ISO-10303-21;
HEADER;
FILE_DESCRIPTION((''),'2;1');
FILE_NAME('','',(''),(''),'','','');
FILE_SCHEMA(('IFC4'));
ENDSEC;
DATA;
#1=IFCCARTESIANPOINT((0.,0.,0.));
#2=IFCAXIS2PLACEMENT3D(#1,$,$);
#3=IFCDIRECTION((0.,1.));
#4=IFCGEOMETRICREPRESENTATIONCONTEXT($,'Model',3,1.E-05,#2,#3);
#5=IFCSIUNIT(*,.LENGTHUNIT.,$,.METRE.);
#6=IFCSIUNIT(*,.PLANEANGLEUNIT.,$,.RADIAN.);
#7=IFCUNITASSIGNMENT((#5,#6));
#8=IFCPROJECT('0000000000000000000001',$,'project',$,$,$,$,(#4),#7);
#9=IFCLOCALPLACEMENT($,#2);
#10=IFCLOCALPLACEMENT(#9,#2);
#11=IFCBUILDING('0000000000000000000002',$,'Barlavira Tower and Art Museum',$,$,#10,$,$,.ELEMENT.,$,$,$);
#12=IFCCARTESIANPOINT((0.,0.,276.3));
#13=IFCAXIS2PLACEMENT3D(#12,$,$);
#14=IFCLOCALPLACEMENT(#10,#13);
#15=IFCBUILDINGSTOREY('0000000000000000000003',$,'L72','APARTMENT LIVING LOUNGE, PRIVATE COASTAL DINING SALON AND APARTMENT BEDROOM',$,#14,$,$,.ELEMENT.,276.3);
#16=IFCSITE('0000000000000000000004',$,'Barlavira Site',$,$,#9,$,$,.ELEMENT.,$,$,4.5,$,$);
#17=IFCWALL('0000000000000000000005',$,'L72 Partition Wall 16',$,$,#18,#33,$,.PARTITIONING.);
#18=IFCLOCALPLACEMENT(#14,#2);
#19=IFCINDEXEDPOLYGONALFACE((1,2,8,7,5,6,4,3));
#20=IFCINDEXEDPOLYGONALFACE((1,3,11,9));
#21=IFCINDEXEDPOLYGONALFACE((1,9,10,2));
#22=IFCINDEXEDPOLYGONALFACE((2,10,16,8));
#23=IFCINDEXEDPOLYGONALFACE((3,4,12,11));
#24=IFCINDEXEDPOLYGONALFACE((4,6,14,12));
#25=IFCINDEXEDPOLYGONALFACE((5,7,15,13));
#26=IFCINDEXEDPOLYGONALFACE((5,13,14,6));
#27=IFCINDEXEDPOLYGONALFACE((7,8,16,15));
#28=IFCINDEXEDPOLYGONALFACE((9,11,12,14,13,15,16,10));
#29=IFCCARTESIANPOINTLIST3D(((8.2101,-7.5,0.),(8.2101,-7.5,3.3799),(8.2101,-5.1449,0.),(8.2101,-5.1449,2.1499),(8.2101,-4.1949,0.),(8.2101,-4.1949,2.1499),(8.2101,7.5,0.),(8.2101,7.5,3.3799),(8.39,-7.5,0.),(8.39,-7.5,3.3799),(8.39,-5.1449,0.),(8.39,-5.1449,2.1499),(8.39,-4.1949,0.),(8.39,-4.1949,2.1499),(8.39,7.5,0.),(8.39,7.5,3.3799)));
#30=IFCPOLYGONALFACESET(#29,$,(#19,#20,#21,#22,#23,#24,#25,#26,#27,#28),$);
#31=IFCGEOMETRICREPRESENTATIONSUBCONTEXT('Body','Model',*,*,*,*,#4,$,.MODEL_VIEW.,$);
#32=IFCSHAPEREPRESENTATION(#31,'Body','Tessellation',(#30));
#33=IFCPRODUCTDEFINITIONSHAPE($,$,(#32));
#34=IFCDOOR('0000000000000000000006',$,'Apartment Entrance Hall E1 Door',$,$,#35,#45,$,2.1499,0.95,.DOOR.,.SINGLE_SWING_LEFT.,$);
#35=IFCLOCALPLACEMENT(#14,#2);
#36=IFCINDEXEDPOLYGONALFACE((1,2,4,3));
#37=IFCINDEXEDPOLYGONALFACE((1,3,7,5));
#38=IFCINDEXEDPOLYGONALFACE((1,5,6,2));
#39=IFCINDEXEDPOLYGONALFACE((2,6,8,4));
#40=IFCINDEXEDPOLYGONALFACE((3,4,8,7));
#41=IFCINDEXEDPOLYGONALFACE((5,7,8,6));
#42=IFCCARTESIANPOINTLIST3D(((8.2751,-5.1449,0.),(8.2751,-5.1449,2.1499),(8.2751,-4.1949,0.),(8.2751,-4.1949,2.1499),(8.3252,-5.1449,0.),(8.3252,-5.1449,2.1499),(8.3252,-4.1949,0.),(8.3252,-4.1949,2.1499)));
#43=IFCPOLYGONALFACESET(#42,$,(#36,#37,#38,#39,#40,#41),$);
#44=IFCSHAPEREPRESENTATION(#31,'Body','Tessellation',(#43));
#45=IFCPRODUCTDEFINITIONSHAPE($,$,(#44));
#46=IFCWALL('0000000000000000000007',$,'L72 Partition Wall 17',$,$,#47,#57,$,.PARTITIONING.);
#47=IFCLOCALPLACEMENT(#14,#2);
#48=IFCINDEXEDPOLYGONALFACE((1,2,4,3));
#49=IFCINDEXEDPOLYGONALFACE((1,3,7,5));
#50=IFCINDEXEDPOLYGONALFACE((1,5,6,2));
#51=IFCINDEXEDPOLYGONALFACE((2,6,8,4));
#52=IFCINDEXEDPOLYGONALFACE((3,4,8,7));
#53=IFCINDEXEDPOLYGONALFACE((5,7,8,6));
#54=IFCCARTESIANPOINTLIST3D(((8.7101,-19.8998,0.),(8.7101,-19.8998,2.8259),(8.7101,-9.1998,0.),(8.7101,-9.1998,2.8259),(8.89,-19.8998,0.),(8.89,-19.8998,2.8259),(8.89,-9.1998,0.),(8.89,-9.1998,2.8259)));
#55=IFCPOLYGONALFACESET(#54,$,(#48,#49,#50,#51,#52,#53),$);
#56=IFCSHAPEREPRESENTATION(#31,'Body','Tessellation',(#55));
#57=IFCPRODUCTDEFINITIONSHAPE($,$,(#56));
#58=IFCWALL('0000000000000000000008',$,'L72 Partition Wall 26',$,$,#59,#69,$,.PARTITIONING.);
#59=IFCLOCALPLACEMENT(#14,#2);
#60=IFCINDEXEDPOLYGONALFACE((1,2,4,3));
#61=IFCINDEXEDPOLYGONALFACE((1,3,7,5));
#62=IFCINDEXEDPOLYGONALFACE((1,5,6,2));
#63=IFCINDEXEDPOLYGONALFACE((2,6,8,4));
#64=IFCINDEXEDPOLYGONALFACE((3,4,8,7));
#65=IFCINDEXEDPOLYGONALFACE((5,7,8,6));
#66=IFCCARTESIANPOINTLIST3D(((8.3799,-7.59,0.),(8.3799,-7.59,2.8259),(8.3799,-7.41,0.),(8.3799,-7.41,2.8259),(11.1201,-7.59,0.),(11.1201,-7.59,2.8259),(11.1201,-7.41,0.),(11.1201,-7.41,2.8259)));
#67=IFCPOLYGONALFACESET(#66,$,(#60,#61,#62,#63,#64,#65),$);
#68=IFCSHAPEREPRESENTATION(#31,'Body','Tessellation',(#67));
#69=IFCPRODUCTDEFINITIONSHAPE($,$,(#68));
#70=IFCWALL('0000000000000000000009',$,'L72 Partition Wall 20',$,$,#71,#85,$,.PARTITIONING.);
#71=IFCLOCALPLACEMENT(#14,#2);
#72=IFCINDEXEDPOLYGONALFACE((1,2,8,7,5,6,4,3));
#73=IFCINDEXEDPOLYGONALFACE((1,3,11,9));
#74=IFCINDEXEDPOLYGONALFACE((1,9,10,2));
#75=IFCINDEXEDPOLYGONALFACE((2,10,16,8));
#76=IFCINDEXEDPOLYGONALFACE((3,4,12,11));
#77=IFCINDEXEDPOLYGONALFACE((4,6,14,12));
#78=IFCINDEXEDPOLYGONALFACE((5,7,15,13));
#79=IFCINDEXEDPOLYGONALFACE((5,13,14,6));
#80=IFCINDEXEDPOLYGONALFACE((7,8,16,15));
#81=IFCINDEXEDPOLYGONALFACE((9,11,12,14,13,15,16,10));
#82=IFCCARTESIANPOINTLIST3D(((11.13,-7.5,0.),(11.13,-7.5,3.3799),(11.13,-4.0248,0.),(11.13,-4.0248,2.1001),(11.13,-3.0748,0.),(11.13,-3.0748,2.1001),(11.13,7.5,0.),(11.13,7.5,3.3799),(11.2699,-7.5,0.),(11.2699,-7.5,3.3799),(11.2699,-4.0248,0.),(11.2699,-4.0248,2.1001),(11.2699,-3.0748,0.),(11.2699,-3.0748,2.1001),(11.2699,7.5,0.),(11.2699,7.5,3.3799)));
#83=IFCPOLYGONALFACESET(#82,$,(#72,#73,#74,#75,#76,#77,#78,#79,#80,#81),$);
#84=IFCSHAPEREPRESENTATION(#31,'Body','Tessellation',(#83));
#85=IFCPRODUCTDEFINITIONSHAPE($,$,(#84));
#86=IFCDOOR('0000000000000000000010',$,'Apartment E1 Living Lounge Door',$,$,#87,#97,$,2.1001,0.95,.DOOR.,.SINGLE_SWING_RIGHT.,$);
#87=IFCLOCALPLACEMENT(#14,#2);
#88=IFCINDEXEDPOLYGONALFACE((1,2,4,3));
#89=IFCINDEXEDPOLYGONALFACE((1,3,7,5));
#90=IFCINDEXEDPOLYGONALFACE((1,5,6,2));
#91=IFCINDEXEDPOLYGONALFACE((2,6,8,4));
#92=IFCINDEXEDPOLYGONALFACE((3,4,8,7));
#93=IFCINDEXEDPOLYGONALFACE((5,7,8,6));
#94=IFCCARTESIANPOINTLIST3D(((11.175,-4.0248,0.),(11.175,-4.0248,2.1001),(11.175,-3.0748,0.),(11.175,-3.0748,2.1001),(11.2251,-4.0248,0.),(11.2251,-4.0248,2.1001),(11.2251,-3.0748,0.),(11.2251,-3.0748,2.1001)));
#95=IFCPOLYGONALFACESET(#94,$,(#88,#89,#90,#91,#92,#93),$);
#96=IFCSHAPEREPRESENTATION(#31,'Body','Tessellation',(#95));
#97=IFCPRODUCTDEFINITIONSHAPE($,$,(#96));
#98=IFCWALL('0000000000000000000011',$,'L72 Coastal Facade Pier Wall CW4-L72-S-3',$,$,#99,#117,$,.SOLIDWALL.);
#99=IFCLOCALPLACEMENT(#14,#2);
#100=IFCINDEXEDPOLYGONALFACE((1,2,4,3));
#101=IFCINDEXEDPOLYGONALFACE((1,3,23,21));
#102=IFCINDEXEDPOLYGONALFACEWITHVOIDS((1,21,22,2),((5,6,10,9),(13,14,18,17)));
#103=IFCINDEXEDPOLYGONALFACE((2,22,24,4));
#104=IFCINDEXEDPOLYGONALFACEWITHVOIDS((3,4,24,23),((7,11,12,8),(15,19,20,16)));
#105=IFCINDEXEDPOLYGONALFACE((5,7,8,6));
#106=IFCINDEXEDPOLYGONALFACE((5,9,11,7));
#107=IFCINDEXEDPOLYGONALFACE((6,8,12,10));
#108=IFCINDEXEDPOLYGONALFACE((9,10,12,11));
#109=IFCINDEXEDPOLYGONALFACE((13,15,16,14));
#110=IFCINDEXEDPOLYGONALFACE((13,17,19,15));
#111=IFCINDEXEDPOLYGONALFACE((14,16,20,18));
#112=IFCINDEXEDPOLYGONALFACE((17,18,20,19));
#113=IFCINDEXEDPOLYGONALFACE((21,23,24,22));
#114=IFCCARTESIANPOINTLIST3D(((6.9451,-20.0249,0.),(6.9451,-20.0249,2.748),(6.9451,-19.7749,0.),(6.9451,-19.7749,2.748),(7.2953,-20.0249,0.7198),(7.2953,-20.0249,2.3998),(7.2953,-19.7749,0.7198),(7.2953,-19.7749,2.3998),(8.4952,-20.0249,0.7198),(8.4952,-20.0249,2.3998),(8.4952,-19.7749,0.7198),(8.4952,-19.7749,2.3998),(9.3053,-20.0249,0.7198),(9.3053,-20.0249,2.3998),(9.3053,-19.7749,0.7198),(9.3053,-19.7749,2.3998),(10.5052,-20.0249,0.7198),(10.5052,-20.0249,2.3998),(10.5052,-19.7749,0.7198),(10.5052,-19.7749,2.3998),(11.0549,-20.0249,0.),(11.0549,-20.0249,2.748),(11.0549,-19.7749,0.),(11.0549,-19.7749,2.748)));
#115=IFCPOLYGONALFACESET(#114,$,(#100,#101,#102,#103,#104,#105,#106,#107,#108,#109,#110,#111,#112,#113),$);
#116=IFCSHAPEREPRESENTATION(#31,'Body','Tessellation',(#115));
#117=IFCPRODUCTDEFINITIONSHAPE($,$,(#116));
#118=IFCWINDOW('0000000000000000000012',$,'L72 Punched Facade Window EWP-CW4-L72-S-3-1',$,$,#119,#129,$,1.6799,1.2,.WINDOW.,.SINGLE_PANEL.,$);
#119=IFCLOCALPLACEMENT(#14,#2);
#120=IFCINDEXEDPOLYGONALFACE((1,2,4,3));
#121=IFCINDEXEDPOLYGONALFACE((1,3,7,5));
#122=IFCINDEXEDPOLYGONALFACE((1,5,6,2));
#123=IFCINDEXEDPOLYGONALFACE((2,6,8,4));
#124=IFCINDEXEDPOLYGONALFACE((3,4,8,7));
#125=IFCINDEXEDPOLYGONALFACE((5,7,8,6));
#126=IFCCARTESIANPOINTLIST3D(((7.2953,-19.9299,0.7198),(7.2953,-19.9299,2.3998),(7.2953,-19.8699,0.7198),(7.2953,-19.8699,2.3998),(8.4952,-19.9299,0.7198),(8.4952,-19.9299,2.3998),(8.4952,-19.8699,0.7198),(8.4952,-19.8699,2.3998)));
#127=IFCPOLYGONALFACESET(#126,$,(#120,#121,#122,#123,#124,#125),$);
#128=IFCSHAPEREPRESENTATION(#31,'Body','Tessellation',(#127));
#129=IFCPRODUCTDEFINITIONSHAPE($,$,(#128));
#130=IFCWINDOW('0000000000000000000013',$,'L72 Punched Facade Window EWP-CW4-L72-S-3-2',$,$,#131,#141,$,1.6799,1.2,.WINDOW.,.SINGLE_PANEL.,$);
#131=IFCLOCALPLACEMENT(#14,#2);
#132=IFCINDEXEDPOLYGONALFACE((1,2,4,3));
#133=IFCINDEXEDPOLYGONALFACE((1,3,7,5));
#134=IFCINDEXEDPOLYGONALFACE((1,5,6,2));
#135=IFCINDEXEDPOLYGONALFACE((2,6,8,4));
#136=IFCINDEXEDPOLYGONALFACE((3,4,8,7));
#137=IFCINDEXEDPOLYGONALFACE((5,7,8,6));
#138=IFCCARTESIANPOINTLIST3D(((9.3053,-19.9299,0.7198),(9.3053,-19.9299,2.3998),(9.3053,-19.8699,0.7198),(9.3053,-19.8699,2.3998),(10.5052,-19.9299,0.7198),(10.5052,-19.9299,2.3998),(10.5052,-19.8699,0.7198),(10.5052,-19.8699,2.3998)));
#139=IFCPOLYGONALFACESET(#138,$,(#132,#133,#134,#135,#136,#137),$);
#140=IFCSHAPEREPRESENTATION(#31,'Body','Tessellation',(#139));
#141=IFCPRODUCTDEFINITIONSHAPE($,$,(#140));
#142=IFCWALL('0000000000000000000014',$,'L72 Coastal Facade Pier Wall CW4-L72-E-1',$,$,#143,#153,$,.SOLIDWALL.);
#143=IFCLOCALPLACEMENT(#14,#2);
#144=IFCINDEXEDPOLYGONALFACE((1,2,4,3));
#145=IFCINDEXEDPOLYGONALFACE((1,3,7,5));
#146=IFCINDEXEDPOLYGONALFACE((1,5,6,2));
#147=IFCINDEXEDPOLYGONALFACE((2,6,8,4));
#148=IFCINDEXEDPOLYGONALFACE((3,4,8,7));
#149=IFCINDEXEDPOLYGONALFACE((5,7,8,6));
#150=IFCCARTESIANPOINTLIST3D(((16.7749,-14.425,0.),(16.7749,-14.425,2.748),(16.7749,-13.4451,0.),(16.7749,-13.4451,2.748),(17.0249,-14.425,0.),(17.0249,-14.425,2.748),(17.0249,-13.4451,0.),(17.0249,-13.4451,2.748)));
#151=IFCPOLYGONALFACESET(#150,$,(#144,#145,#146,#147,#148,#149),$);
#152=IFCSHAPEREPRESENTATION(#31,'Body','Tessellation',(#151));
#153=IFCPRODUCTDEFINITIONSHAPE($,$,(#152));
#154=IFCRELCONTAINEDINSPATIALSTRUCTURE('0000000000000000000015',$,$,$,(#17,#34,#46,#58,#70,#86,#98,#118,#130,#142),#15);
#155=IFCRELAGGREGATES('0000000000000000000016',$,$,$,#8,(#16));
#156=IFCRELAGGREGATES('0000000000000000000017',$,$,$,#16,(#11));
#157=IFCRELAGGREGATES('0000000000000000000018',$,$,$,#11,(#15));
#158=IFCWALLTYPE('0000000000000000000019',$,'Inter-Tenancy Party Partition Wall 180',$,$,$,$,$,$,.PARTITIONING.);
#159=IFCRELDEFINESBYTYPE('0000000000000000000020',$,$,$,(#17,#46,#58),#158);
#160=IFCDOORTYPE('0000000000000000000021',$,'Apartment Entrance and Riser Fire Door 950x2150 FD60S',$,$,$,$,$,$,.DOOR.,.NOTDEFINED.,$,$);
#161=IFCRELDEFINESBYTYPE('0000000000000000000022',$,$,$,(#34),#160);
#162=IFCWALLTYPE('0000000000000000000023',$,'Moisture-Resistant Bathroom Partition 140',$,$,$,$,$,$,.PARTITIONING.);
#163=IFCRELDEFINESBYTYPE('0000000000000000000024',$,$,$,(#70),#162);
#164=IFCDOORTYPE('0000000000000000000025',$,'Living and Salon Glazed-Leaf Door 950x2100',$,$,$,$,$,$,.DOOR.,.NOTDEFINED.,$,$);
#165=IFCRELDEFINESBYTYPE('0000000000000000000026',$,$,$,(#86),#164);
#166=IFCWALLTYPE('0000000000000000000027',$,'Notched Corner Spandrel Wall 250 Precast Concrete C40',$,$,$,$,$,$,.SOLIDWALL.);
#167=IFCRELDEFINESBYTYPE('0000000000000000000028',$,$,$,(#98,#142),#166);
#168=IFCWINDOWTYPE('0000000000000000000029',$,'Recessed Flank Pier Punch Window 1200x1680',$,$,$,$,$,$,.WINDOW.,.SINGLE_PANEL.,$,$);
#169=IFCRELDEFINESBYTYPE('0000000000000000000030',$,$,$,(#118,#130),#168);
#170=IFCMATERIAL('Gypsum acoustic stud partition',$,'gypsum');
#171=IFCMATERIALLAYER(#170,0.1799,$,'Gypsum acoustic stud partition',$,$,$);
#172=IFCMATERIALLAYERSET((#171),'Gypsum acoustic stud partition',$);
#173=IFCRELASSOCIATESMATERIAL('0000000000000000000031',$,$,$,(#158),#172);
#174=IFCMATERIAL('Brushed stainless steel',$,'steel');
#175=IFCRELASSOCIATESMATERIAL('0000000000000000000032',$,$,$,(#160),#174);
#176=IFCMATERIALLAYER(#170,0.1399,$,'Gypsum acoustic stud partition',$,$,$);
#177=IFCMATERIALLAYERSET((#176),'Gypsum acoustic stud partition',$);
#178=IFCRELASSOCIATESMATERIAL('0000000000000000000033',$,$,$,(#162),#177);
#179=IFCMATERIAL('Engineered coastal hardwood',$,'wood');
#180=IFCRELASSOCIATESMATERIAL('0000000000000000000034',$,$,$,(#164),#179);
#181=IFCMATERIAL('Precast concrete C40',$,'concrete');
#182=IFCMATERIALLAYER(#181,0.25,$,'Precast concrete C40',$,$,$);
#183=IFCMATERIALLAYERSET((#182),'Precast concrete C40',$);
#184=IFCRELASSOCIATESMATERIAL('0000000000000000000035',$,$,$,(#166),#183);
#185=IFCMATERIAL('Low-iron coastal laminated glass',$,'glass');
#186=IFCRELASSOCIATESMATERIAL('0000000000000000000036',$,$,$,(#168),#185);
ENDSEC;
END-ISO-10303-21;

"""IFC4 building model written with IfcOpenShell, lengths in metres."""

from ifc_helpers import new_model, si_unit, direction, frame, frame_2d, origin, place, context, subcontext, project, spatial, rectangle, extrude, material, layer, layer_set, type_object, element, fill, save


model = new_model("IFC4")

# Units and contexts
model_context = context("Model", 3, precision=1e-05, world=origin(), true_north=direction((0.0, 1.0)))
body_context = subcontext(model_context, "Body", "Model", "MODEL_VIEW")
ifc_project = project(units=[si_unit("LENGTHUNIT", "METRE"), si_unit("PLANEANGLEUNIT", "RADIAN")], contexts=[model_context])

# Site, building, storey
site_placement = place(None, origin())
site = spatial("IfcSite", under=ifc_project, at=site_placement, Name="Barlavira Site", CompositionType="ELEMENT", RefElevation=4.5)
building_placement = place(site_placement, origin())
building = spatial("IfcBuilding", under=site, at=building_placement, Name="Barlavira Tower and Art Museum", CompositionType="ELEMENT")
storey_placement = place(building_placement, frame((0.0, 0.0, 276.3)))
storey = spatial("IfcBuildingStorey", under=building, at=storey_placement, Name="L72", Description="APARTMENT LIVING LOUNGE, PRIVATE COASTAL DINING SALON AND APARTMENT BEDROOM", CompositionType="ELEMENT", Elevation=276.3)

# Wall, opening, door
ifc_material_1 = material(Name="Gypsum acoustic stud partition", Category="gypsum")
ifc_layer_1 = layer(ifc_material_1, 0.1799, Name="Gypsum acoustic stud partition")
ifc_layer_set_1 = layer_set([ifc_layer_1], Name="Gypsum acoustic stud partition")
wall_type_1 = type_object("IfcWallType", Name="Inter-Tenancy Party Partition Wall 180", PredefinedType="PARTITIONING", material=ifc_layer_set_1)
wall_1_placement = place(storey_placement, frame((8.3, -7.5, 0.0), z_axis=(0.0, 0.0, 1.0), x_axis=(0.0, 1.0, 0.0)))
wall_1 = element("IfcWall", 1, at=wall_1_placement, inside=storey, type_object=wall_type_1, Name="L72 Partition Wall 16", PredefinedType="PARTITIONING", context=body_context, shape_type="SweptSolid", body=[
    extrude(rectangle(XDim=15.0, YDim=0.1799, at=frame_2d((7.5, 0.0))), origin(), (0.0, 0.0, 1.0), 3.3799),
])
opening_1_placement = place(wall_1_placement, frame((2.355, 0.0, 0.0)))
opening_1 = element("IfcOpeningElement", 2, at=opening_1_placement, cuts=wall_1, PredefinedType="OPENING", context=body_context, shape_type="SweptSolid", body=[
    extrude(rectangle(XDim=0.95, YDim=2.1499, at=frame_2d((0.4751, 1.075))), frame((0.0, 0.1001, 0.0), z_axis=(0.0, -1.0, 0.0), x_axis=(1.0, 0.0, 0.0)), (0.0, 0.0, 1.0), 0.2),
])
ifc_material_2 = material(Name="Brushed stainless steel", Category="steel")
door_type_1 = type_object("IfcDoorType", Name="Apartment Entrance and Riser Fire Door 950x2150 FD60S", OperationType="NOTDEFINED", PredefinedType="DOOR", material=ifc_material_2)
door_1_placement = place(opening_1_placement, origin())
door_1 = element("IfcDoor", 3, at=door_1_placement, inside=storey, type_object=door_type_1, Name="Apartment Entrance Hall E1 Door", OperationType="SINGLE_SWING_LEFT", OverallHeight=2.1499, OverallWidth=0.95, PredefinedType="DOOR", context=body_context, shape_type="SweptSolid", body=[
    extrude(rectangle(XDim=0.95, YDim=2.1499, at=frame_2d((0.4751, 1.075))), frame((0.0, 0.0249, 0.0), z_axis=(0.0, -1.0, 0.0), x_axis=(1.0, 0.0, 0.0)), (0.0, 0.0, 1.0), 0.05),
])
fill(opening_1, door_1)

# Wall
wall_2_placement = place(storey_placement, frame((8.8, -19.8999, 0.0), z_axis=(0.0, 0.0, 1.0), x_axis=(0.0, 1.0, 0.0)))
element("IfcWall", 4, at=wall_2_placement, inside=storey, type_object=wall_type_1, Name="L72 Partition Wall 17", PredefinedType="PARTITIONING", context=body_context, shape_type="SweptSolid", body=[
    extrude(rectangle(XDim=10.7, YDim=0.1799, at=frame_2d((5.3501, 0.0))), origin(), (0.0, 0.0, 1.0), 2.8259),
])

# Wall
wall_3_placement = place(storey_placement, frame((8.3799, -7.5, 0.0), z_axis=(0.0, 0.0, 1.0), x_axis=(1.0, 0.0, 0.0)))
element("IfcWall", 5, at=wall_3_placement, inside=storey, type_object=wall_type_1, Name="L72 Partition Wall 26", PredefinedType="PARTITIONING", context=body_context, shape_type="SweptSolid", body=[
    extrude(rectangle(XDim=2.7402, YDim=0.1799, at=frame_2d((1.3701, 0.0))), origin(), (0.0, 0.0, 1.0), 2.8259),
])

# Wall, opening, door
ifc_layer_2 = layer(ifc_material_1, 0.1399, Name="Gypsum acoustic stud partition")
ifc_layer_set_2 = layer_set([ifc_layer_2], Name="Gypsum acoustic stud partition")
wall_type_2 = type_object("IfcWallType", Name="Moisture-Resistant Bathroom Partition 140", PredefinedType="PARTITIONING", material=ifc_layer_set_2)
wall_4_placement = place(storey_placement, frame((11.2, -7.5, 0.0), z_axis=(0.0, 0.0, 1.0), x_axis=(0.0, 1.0, 0.0)))
wall_4 = element("IfcWall", 6, at=wall_4_placement, inside=storey, type_object=wall_type_2, Name="L72 Partition Wall 20", PredefinedType="PARTITIONING", context=body_context, shape_type="SweptSolid", body=[
    extrude(rectangle(XDim=15.0, YDim=0.1399, at=frame_2d((7.5, 0.0))), origin(), (0.0, 0.0, 1.0), 3.3799),
])
opening_2_placement = place(wall_4_placement, frame((3.4751, 0.0, 0.0)))
opening_2 = element("IfcOpeningElement", 7, at=opening_2_placement, cuts=wall_4, PredefinedType="OPENING", context=body_context, shape_type="SweptSolid", body=[
    extrude(rectangle(XDim=0.95, YDim=2.1001, at=frame_2d((0.4751, 1.05))), frame((0.0, 0.0801, 0.0), z_axis=(0.0, -1.0, 0.0), x_axis=(1.0, 0.0, 0.0)), (0.0, 0.0, 1.0), 0.1599),
])
ifc_material_3 = material(Name="Engineered coastal hardwood", Category="wood")
door_type_2 = type_object("IfcDoorType", Name="Living and Salon Glazed-Leaf Door 950x2100", OperationType="NOTDEFINED", PredefinedType="DOOR", material=ifc_material_3)
door_2_placement = place(opening_2_placement, origin())
door_2 = element("IfcDoor", 8, at=door_2_placement, inside=storey, type_object=door_type_2, Name="Apartment E1 Living Lounge Door", OperationType="SINGLE_SWING_RIGHT", OverallHeight=2.1001, OverallWidth=0.95, PredefinedType="DOOR", context=body_context, shape_type="SweptSolid", body=[
    extrude(rectangle(XDim=0.95, YDim=2.1001, at=frame_2d((0.4751, 1.05))), frame((0.0, 0.0249, 0.0), z_axis=(0.0, -1.0, 0.0), x_axis=(1.0, 0.0, 0.0)), (0.0, 0.0, 1.0), 0.05),
])
fill(opening_2, door_2)

# Wall, openings, windows
ifc_material_4 = material(Name="Precast concrete C40", Category="concrete")
ifc_layer_3 = layer(ifc_material_4, 0.25, Name="Precast concrete C40")
ifc_layer_set_3 = layer_set([ifc_layer_3], Name="Precast concrete C40")
wall_type_3 = type_object("IfcWallType", Name="Notched Corner Spandrel Wall 250 Precast Concrete C40", PredefinedType="SOLIDWALL", material=ifc_layer_set_3)
wall_5_placement = place(storey_placement, frame((6.9451, -19.8999, 0.0), z_axis=(0.0, 0.0, 1.0), x_axis=(1.0, 0.0, 0.0)))
wall_5 = element("IfcWall", 9, at=wall_5_placement, inside=storey, type_object=wall_type_3, Name="L72 Coastal Facade Pier Wall CW4-L72-S-3", PredefinedType="SOLIDWALL", context=body_context, shape_type="SweptSolid", body=[
    extrude(rectangle(XDim=4.1099, YDim=0.25, at=frame_2d((2.0549, 0.0))), origin(), (0.0, 0.0, 1.0), 2.748),
])
opening_3_placement = place(wall_5_placement, frame((0.3501, 0.0, 0.72)))
opening_3 = element("IfcOpeningElement", 10, at=opening_3_placement, cuts=wall_5, PredefinedType="OPENING", context=body_context, shape_type="SweptSolid", body=[
    extrude(rectangle(XDim=1.2, YDim=1.6799, at=frame_2d((0.6001, 0.8398))), frame((0.0, 0.135, 0.0), z_axis=(0.0, -1.0, 0.0), x_axis=(1.0, 0.0, 0.0)), (0.0, 0.0, 1.0), 0.27),
])
opening_4_placement = place(wall_5_placement, frame((2.3601, 0.0, 0.72)))
opening_4 = element("IfcOpeningElement", 11, at=opening_4_placement, cuts=wall_5, PredefinedType="OPENING", context=body_context, shape_type="SweptSolid", body=[
    extrude(rectangle(XDim=1.2, YDim=1.6799, at=frame_2d((0.6001, 0.8398))), frame((0.0, 0.135, 0.0), z_axis=(0.0, -1.0, 0.0), x_axis=(1.0, 0.0, 0.0)), (0.0, 0.0, 1.0), 0.27),
])
ifc_material_5 = material(Name="Low-iron coastal laminated glass", Category="glass")
window_type_1 = type_object("IfcWindowType", Name="Recessed Flank Pier Punch Window 1200x1680", PartitioningType="SINGLE_PANEL", PredefinedType="WINDOW", material=ifc_material_5)
window_1_placement = place(opening_3_placement, origin())
window_1 = element("IfcWindow", 12, at=window_1_placement, inside=storey, type_object=window_type_1, Name="L72 Punched Facade Window EWP-CW4-L72-S-3-1", OverallHeight=1.6799, OverallWidth=1.2, PartitioningType="SINGLE_PANEL", PredefinedType="WINDOW", context=body_context, shape_type="SweptSolid", body=[
    extrude(rectangle(XDim=1.2, YDim=1.6799, at=frame_2d((0.6001, 0.8398))), frame((0.0, 0.03, 0.0), z_axis=(0.0, -1.0, 0.0), x_axis=(1.0, 0.0, 0.0)), (0.0, 0.0, 1.0), 0.0601),
])
fill(opening_3, window_1)
window_2_placement = place(opening_4_placement, origin())
window_2 = element("IfcWindow", 13, at=window_2_placement, inside=storey, type_object=window_type_1, Name="L72 Punched Facade Window EWP-CW4-L72-S-3-2", OverallHeight=1.6799, OverallWidth=1.2, PartitioningType="SINGLE_PANEL", PredefinedType="WINDOW", context=body_context, shape_type="SweptSolid", body=[
    extrude(rectangle(XDim=1.2, YDim=1.6799, at=frame_2d((0.6001, 0.8398))), frame((0.0, 0.03, 0.0), z_axis=(0.0, -1.0, 0.0), x_axis=(1.0, 0.0, 0.0)), (0.0, 0.0, 1.0), 0.0601),
])
fill(opening_4, window_2)

# Wall
wall_6_placement = place(storey_placement, frame((16.8999, -14.425, 0.0), z_axis=(0.0, 0.0, 1.0), x_axis=(0.0, 1.0, 0.0)))
element("IfcWall", 14, at=wall_6_placement, inside=storey, type_object=wall_type_3, Name="L72 Coastal Facade Pier Wall CW4-L72-E-1", PredefinedType="SOLIDWALL", context=body_context, shape_type="SweptSolid", body=[
    extrude(rectangle(XDim=0.98, YDim=0.25, at=frame_2d((0.49, 0.0))), origin(), (0.0, 0.0, 1.0), 2.748),
])

save(model, "model.ifc")
